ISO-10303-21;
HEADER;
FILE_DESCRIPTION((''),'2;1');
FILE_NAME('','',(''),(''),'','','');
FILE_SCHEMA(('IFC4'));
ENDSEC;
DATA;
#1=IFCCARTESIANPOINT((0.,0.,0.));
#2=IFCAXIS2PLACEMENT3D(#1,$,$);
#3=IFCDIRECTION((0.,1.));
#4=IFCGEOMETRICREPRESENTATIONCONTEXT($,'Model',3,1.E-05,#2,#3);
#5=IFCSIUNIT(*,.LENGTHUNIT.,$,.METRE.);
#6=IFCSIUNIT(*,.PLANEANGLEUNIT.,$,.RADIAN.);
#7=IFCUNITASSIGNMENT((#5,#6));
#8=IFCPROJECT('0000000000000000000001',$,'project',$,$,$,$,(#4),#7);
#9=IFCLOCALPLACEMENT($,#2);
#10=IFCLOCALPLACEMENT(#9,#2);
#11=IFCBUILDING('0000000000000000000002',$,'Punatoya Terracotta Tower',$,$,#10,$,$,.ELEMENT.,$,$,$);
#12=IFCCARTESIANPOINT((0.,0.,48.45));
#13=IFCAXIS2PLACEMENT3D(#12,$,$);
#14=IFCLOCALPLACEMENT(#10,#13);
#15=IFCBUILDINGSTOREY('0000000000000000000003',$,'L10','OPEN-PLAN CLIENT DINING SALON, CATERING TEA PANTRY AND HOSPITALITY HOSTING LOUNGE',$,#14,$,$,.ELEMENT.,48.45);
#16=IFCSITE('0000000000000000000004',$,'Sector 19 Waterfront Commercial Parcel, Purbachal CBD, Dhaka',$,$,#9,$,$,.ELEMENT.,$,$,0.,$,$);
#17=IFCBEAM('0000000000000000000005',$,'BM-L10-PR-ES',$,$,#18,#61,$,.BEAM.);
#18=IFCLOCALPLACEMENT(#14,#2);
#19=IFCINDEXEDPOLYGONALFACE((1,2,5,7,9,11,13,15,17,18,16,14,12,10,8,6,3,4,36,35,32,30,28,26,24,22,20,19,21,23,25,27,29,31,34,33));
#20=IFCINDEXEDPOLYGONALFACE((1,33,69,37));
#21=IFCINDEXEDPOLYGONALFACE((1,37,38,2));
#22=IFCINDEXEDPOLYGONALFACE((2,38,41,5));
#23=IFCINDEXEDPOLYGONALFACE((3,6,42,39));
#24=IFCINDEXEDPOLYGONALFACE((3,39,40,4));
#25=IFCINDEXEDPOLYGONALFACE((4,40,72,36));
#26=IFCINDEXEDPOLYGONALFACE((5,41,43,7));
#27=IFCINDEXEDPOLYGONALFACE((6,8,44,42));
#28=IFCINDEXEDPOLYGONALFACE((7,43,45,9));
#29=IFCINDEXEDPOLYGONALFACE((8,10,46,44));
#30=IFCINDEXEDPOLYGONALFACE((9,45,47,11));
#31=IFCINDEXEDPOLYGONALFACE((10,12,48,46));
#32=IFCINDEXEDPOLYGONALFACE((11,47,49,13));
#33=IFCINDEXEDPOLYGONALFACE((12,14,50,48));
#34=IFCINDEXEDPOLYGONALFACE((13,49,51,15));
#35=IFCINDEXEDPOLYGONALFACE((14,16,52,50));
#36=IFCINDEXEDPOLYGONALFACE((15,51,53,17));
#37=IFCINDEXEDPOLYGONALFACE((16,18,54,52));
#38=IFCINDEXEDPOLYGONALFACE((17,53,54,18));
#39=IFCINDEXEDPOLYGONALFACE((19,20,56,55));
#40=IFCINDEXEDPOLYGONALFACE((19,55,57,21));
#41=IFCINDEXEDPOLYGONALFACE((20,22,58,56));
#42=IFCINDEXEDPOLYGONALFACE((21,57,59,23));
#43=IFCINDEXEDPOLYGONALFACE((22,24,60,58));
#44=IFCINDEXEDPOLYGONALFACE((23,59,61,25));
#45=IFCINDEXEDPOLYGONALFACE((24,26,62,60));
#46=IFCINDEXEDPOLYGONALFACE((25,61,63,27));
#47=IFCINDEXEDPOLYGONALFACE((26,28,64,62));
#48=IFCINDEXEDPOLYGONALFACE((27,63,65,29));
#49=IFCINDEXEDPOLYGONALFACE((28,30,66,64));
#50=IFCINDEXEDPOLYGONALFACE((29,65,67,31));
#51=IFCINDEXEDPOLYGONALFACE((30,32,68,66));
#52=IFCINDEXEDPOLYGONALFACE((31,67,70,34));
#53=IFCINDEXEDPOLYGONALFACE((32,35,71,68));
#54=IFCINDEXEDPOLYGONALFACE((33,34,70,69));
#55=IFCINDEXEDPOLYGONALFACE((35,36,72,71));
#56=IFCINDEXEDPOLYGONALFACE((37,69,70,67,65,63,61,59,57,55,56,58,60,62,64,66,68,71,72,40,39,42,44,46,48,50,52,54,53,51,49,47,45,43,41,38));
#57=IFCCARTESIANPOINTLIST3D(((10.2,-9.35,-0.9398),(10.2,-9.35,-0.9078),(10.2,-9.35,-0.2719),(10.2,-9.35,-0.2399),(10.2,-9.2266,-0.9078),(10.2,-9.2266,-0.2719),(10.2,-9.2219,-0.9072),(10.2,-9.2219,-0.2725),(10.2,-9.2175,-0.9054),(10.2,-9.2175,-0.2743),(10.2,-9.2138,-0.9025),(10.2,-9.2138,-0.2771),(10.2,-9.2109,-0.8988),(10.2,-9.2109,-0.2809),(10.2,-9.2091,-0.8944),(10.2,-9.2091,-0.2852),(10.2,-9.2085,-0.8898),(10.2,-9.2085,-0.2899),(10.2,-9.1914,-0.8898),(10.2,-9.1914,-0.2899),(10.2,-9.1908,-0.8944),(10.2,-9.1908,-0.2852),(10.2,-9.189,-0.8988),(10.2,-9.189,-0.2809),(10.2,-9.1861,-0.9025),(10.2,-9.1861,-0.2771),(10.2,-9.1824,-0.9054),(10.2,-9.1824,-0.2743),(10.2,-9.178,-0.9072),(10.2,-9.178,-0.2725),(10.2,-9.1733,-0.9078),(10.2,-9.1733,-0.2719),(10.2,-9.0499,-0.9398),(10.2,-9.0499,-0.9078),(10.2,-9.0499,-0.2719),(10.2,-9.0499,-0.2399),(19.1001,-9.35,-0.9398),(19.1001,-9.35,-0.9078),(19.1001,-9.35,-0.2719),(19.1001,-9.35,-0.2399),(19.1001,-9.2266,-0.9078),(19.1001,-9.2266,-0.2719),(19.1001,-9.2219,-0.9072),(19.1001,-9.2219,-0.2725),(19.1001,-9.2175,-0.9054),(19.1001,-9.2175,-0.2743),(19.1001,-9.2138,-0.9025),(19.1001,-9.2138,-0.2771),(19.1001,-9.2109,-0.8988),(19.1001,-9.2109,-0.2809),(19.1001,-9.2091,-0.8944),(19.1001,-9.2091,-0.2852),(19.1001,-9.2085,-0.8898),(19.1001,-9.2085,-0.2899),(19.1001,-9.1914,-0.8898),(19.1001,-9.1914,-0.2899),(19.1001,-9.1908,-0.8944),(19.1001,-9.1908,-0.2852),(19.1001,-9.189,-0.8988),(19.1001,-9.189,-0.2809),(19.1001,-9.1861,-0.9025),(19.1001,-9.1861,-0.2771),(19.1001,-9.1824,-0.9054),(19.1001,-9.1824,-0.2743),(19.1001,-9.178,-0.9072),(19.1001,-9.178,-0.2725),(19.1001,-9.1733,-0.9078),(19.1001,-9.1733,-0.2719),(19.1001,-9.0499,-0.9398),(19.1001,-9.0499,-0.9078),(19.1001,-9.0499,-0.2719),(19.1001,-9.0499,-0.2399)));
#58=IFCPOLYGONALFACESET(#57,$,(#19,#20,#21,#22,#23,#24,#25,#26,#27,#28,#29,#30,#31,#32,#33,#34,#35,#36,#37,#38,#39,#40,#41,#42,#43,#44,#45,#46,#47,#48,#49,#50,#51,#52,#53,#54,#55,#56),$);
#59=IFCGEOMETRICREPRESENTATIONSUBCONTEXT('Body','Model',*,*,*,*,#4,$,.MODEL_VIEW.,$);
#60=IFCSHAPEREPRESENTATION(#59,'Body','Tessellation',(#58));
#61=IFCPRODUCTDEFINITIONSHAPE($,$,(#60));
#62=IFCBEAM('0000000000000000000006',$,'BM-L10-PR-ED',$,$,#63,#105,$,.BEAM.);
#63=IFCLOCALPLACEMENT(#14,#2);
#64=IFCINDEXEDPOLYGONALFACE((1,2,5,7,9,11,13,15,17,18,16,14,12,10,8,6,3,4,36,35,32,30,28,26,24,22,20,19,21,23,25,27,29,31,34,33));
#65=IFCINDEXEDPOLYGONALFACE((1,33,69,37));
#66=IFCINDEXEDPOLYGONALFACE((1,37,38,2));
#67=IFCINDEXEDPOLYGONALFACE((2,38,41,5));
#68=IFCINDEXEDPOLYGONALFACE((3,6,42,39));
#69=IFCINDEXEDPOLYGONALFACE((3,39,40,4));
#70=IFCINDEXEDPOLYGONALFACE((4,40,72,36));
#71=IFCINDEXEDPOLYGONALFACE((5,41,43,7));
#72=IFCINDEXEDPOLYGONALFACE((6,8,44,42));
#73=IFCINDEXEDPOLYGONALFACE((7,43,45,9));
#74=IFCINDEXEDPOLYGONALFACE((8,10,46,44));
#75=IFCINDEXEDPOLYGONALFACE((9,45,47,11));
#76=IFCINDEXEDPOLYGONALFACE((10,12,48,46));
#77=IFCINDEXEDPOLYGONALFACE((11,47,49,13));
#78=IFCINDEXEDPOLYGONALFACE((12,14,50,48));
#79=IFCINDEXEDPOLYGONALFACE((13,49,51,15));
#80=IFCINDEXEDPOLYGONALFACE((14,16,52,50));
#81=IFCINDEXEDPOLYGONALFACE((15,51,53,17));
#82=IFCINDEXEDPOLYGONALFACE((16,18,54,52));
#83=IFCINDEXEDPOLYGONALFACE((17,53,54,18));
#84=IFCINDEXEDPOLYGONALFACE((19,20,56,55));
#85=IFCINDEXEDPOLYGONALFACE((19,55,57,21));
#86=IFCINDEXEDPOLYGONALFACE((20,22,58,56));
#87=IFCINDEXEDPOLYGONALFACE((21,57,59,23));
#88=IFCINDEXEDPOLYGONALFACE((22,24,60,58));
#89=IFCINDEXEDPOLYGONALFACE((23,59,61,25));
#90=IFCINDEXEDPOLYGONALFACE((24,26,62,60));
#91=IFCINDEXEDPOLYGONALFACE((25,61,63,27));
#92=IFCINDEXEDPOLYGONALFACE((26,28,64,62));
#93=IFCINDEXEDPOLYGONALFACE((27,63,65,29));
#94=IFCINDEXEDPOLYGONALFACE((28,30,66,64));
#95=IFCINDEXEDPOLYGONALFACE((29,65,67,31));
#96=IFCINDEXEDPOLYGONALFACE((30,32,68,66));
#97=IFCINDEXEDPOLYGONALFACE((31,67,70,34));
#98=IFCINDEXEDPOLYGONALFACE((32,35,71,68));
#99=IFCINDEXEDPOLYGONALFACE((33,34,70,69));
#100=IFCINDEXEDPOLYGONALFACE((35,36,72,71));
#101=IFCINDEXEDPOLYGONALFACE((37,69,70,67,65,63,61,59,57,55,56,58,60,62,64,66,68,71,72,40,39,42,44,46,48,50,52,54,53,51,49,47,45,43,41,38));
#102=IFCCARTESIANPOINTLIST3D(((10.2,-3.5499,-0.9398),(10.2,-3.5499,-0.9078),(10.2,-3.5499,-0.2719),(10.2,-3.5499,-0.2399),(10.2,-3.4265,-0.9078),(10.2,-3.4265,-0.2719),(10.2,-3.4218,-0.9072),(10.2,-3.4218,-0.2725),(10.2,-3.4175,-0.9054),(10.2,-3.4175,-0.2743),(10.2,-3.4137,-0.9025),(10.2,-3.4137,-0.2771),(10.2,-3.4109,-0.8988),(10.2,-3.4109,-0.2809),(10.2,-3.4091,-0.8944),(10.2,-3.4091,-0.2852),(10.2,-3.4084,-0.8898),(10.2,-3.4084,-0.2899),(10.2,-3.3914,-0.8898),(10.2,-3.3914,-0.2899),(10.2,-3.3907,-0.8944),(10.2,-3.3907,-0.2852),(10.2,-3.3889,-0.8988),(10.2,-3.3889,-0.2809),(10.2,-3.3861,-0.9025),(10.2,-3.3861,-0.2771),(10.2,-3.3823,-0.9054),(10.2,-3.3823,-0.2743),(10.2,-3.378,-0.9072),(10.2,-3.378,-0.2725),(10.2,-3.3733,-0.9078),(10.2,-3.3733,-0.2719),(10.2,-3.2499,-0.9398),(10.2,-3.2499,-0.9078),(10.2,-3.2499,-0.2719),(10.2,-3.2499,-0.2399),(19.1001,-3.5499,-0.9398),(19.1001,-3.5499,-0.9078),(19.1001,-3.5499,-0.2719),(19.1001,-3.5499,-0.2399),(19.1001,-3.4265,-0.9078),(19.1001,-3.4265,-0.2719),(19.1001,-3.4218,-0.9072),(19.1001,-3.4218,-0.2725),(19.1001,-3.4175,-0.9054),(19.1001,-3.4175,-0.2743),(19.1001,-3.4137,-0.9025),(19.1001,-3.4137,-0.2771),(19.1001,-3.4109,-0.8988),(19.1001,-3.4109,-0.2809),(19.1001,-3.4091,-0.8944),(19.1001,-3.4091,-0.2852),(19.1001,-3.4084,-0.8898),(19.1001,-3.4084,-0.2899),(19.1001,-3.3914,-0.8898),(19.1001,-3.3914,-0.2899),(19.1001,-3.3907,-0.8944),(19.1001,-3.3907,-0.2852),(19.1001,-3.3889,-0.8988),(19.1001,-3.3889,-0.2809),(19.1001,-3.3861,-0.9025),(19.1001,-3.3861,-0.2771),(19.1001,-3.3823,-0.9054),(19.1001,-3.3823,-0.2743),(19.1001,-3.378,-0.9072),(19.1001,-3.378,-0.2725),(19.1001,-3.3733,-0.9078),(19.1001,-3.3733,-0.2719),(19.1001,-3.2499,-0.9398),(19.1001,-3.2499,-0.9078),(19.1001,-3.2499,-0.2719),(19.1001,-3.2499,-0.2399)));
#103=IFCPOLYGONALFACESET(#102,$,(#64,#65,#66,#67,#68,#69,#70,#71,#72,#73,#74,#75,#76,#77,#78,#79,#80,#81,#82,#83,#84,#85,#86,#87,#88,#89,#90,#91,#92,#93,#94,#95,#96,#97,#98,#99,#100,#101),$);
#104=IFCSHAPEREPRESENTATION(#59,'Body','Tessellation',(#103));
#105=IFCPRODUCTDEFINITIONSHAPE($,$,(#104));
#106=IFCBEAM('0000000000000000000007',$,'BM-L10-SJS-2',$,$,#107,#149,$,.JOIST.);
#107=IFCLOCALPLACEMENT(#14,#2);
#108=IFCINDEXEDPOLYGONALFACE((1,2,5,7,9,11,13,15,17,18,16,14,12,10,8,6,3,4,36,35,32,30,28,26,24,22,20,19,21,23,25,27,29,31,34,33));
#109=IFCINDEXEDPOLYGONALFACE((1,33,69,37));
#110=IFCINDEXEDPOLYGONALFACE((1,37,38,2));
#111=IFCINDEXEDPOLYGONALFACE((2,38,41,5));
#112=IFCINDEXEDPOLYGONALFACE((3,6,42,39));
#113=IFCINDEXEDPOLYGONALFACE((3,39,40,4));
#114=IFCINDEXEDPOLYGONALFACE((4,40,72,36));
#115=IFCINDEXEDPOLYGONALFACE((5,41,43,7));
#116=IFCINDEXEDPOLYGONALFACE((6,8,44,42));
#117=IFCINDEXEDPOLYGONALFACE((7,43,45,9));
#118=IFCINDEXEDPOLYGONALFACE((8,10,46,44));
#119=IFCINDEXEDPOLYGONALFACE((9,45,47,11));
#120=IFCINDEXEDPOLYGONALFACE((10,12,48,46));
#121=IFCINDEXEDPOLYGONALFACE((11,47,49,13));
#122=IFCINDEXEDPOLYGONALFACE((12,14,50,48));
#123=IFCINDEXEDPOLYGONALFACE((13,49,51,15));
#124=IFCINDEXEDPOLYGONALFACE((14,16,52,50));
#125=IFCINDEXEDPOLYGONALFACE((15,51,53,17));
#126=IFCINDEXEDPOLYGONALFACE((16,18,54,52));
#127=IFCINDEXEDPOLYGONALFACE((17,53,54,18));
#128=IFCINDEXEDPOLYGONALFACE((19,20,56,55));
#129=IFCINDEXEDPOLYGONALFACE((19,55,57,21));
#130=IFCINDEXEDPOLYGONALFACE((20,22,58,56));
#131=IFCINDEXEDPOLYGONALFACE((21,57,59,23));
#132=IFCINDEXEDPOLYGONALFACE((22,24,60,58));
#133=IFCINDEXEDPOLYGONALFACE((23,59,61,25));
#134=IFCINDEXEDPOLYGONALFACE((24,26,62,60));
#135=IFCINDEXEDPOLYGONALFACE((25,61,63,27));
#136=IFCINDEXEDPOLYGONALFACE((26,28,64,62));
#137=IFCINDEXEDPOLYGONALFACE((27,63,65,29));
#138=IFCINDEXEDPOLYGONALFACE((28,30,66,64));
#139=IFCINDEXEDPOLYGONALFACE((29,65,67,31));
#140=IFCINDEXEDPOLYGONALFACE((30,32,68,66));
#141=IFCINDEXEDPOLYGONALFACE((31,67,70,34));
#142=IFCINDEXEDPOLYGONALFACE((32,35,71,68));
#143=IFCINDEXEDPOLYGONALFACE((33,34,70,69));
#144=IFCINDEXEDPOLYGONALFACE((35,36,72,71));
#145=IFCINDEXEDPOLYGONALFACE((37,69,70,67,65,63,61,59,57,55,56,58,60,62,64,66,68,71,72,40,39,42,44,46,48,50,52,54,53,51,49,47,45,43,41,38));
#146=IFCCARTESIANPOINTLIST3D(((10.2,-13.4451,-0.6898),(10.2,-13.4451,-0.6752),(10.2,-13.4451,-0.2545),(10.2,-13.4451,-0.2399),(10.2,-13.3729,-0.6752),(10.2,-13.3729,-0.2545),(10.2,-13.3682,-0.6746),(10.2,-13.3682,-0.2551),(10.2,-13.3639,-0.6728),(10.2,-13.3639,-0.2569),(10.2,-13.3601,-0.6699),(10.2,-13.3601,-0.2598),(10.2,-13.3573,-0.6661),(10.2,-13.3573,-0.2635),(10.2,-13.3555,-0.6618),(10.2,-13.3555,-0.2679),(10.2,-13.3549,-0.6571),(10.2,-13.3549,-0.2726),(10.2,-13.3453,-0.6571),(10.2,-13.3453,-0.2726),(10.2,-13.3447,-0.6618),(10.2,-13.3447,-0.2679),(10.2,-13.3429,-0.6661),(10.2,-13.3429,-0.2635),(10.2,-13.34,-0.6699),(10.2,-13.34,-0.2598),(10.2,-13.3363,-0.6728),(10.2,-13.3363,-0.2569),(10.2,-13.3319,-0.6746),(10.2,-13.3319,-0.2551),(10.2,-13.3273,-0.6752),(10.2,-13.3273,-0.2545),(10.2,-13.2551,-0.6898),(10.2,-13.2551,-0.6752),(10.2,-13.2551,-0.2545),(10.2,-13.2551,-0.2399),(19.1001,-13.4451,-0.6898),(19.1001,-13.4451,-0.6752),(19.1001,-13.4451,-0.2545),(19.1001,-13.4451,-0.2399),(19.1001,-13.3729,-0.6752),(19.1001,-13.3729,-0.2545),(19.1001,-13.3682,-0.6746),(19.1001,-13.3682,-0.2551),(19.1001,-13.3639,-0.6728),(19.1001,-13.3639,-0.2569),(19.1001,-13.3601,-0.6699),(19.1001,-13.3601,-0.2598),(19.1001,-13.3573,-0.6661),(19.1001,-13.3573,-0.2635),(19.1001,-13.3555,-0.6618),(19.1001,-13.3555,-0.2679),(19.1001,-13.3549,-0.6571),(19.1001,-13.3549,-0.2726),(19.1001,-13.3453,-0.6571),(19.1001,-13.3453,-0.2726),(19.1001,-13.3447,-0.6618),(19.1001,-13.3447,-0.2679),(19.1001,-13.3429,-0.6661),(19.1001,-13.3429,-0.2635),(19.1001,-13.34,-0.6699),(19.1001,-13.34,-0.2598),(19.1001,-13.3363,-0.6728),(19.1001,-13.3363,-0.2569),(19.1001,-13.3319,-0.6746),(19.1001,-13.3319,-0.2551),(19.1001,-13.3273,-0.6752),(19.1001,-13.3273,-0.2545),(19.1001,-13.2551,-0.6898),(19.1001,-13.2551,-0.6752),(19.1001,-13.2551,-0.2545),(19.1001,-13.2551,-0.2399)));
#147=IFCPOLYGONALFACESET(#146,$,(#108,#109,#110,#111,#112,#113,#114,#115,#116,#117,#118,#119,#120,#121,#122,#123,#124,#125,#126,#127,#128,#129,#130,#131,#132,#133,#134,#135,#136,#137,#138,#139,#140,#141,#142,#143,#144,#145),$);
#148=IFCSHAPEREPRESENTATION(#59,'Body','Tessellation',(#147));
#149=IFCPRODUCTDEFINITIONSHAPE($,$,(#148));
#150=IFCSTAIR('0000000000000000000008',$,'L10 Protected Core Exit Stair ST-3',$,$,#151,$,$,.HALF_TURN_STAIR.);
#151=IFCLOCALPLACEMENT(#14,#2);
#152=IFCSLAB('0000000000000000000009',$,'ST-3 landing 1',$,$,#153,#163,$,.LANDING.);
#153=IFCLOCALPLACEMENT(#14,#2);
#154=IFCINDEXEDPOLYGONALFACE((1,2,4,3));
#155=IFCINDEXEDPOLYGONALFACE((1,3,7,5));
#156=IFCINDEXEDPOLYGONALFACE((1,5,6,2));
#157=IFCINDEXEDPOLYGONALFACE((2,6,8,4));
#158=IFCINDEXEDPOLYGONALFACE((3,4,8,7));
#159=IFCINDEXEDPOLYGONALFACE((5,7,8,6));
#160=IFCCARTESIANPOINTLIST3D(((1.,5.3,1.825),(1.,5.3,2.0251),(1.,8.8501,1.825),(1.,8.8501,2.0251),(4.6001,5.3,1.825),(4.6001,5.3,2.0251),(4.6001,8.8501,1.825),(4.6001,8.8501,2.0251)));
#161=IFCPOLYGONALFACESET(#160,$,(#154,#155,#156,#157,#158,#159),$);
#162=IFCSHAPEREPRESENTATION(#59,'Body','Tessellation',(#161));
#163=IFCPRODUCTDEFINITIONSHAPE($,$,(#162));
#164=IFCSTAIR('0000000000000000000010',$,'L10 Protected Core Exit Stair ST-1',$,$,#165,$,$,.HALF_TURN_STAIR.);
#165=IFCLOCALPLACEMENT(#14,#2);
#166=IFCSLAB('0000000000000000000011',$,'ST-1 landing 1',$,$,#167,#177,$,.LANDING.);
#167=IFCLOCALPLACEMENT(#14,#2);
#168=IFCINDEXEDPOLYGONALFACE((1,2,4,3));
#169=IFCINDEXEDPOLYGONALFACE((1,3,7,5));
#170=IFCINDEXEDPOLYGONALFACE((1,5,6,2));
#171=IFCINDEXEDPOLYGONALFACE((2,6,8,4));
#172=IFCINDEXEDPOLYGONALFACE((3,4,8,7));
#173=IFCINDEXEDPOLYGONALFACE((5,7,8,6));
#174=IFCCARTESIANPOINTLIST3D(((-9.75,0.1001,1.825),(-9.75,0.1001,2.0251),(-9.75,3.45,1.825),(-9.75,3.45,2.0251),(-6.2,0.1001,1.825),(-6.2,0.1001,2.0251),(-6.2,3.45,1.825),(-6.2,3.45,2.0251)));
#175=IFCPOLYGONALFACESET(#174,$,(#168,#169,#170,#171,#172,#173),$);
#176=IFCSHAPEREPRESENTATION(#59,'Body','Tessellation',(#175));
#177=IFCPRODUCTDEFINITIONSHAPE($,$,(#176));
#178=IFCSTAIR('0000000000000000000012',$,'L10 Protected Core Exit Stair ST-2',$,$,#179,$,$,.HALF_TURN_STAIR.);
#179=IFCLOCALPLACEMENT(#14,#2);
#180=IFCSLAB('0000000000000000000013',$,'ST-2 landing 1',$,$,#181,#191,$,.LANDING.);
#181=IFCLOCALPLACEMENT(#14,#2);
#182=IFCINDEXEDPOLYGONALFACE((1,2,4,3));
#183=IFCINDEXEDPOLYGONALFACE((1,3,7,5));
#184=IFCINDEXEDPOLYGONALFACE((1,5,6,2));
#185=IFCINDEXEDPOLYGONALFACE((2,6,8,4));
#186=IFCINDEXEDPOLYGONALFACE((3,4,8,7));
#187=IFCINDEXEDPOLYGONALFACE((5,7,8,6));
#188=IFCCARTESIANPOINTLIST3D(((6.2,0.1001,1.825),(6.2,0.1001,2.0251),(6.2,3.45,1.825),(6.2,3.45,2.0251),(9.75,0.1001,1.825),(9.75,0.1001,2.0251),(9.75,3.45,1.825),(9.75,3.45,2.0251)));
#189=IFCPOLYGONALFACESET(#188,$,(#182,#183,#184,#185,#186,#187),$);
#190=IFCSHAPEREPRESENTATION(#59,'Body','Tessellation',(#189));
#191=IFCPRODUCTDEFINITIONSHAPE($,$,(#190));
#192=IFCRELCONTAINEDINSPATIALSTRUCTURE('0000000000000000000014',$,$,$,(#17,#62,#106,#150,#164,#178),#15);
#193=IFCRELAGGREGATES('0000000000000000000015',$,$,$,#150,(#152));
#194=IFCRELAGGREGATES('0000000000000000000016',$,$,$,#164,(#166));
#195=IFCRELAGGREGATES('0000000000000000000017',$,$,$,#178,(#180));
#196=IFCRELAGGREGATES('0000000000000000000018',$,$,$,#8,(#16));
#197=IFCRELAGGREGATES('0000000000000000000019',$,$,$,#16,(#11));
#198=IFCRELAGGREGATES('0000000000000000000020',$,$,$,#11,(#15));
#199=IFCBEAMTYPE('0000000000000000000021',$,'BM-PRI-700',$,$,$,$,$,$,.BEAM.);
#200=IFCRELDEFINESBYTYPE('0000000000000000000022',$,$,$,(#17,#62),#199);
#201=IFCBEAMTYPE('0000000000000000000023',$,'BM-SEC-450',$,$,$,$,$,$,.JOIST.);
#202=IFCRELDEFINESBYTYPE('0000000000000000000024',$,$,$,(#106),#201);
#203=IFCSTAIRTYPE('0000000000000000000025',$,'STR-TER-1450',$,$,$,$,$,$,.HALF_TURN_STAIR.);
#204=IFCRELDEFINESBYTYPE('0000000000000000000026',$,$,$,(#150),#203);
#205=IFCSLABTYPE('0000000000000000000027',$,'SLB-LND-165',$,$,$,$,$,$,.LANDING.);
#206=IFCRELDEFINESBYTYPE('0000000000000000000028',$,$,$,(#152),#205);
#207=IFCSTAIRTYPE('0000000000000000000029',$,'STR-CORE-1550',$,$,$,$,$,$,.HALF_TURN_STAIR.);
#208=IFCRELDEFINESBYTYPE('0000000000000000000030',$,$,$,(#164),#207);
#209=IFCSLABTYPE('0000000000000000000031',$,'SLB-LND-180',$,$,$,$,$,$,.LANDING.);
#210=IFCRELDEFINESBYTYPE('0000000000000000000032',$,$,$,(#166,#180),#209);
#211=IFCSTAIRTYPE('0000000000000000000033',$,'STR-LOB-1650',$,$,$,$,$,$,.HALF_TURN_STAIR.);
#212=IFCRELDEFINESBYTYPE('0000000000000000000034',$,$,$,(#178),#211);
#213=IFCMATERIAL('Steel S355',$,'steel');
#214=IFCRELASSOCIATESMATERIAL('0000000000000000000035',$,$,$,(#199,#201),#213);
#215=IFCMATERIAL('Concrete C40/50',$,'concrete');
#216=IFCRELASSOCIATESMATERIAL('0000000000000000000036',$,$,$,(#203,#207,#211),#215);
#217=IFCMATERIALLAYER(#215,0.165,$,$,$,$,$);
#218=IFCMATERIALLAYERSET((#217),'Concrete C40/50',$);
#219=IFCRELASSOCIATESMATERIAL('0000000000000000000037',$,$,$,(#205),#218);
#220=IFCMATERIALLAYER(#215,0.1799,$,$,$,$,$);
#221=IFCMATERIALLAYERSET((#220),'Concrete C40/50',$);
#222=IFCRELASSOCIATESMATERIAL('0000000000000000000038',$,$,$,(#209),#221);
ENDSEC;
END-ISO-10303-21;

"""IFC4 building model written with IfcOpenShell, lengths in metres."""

from ifc_helpers import new_model, si_unit, direction, frame, origin, origin_2d, place, context, subcontext, project, spatial, polyline, i_section, outline, extrude, material, layer, layer_set, material_profile, profile_set, type_object, element, aggregate, save


model = new_model("IFC4")

# Units and contexts
model_context = context("Model", 3, precision=1e-05, world=origin(), true_north=direction((0.0, 1.0)))
body_context = subcontext(model_context, "Body", "Model", "MODEL_VIEW")
ifc_project = project(units=[si_unit("LENGTHUNIT", "METRE"), si_unit("PLANEANGLEUNIT", "RADIAN")], contexts=[model_context])

# Site, building, storey
site_placement = place(None, origin())
site = spatial("IfcSite", under=ifc_project, at=site_placement, Name="Sector 19 Waterfront Commercial Parcel, Purbachal CBD, Dhaka", CompositionType="ELEMENT", RefElevation=0.0)
building_placement = place(site_placement, origin())
building = spatial("IfcBuilding", under=site, at=building_placement, Name="Punatoya Terracotta Tower", CompositionType="ELEMENT")
storey_placement = place(building_placement, frame((0.0, 0.0, 48.45)))
storey = spatial("IfcBuildingStorey", under=building, at=storey_placement, Name="L10", Description="OPEN-PLAN CLIENT DINING SALON, CATERING TEA PANTRY AND HOSPITALITY HOSTING LOUNGE", CompositionType="ELEMENT", Elevation=48.45)

# Beams
ifc_material_1 = material(Name="Steel S355", Category="steel")
ifc_material_profile_1 = material_profile(ifc_material_1, i_section(OverallWidth=0.3, OverallDepth=0.7, WebThickness=0.0171, FlangeThickness=0.032, FilletRadius=0.0181, at=origin_2d()))
ifc_profile_set_1 = profile_set([ifc_material_profile_1], Name="Steel S355")
beam_type_1 = type_object("IfcBeamType", Name="BM-PRI-700", PredefinedType="BEAM", material=ifc_profile_set_1)
for number, where, z_axis, x_axis, name in (
    (1, (10.2, -9.2, -0.5898), (1.0, 0.0, 0.0), (0.0, 1.0, 0.0), "BM-L10-PR-ES"),
    (2, (10.2, -3.3999, -0.5898), (1.0, 0.0, 0.0), (0.0, 1.0, 0.0), "BM-L10-PR-ED"),
):
    element("IfcBeam", number, at=place(storey_placement, frame(where, z_axis=z_axis, x_axis=x_axis)), inside=storey, type_object=beam_type_1, Name=name, PredefinedType="BEAM", context=body_context, shape_type="SweptSolid", body=[
        extrude(i_section(OverallWidth=0.3, OverallDepth=0.7, WebThickness=0.0171, FlangeThickness=0.032, FilletRadius=0.0181, at=origin_2d()), origin(), (0.0, 0.0, 1.0), 8.9001),
    ])
ifc_material_profile_2 = material_profile(ifc_material_1, i_section(OverallWidth=0.1899, OverallDepth=0.45, WebThickness=0.0095, FlangeThickness=0.0146, FilletRadius=0.0181, at=origin_2d()))
ifc_profile_set_2 = profile_set([ifc_material_profile_2], Name="Steel S355")
beam_type_2 = type_object("IfcBeamType", Name="BM-SEC-450", PredefinedType="JOIST", material=ifc_profile_set_2)
beam_placement = place(storey_placement, frame((10.2, -13.3501, -0.4648), z_axis=(1.0, 0.0, 0.0), x_axis=(0.0, 1.0, 0.0)))
element("IfcBeam", 3, at=beam_placement, inside=storey, type_object=beam_type_2, Name="BM-L10-SJS-2", PredefinedType="JOIST", context=body_context, shape_type="SweptSolid", body=[
    extrude(i_section(OverallWidth=0.1899, OverallDepth=0.45, WebThickness=0.0095, FlangeThickness=0.0146, FilletRadius=0.0181, at=origin_2d()), origin(), (0.0, 0.0, 1.0), 8.9001),
])

# Stairs, slabs
ifc_material_2 = material(Name="Concrete C40/50", Category="concrete")
stair_type_1 = type_object("IfcStairType", Name="STR-TER-1450", PredefinedType="HALF_TURN_STAIR", material=ifc_material_2)
stair_1_placement = place(storey_placement, origin())
stair_1 = element("IfcStair", 4, at=stair_1_placement, inside=storey, type_object=stair_type_1, Name="L10 Protected Core Exit Stair ST-3", PredefinedType="HALF_TURN_STAIR")
ifc_layer_1 = layer(ifc_material_2, 0.165)
ifc_layer_set_1 = layer_set([ifc_layer_1], Name="Concrete C40/50")
slab_type_1 = type_object("IfcSlabType", Name="SLB-LND-165", PredefinedType="LANDING", material=ifc_layer_set_1)
slab_1_placement = place(storey_placement, frame((0.0, 0.0, 1.825)))
slab_1 = element("IfcSlab", 5, at=slab_1_placement, type_object=slab_type_1, Name="ST-3 landing 1", PredefinedType="LANDING", context=body_context, shape_type="SweptSolid", body=[
    extrude(outline(polyline([(1.0, 5.3), (4.6001, 5.3), (4.6001, 8.8501), (1.0, 8.8501), (1.0, 5.3)])), origin(), (0.0, 0.0, 1.0), 0.2002),
])
aggregate(stair_1, [slab_1])
stair_type_2 = type_object("IfcStairType", Name="STR-CORE-1550", PredefinedType="HALF_TURN_STAIR", material=ifc_material_2)
stair_2_placement = place(storey_placement, origin())
stair_2 = element("IfcStair", 6, at=stair_2_placement, inside=storey, type_object=stair_type_2, Name="L10 Protected Core Exit Stair ST-1", PredefinedType="HALF_TURN_STAIR")
ifc_layer_2 = layer(ifc_material_2, 0.1799)
ifc_layer_set_2 = layer_set([ifc_layer_2], Name="Concrete C40/50")
slab_type_2 = type_object("IfcSlabType", Name="SLB-LND-180", PredefinedType="LANDING", material=ifc_layer_set_2)
slab_2_placement = place(storey_placement, frame((0.0, 0.0, 1.825)))
slab_2 = element("IfcSlab", 7, at=slab_2_placement, type_object=slab_type_2, Name="ST-1 landing 1", PredefinedType="LANDING", context=body_context, shape_type="SweptSolid", body=[
    extrude(outline(polyline([(-6.2, 0.1001), (-6.2, 3.45), (-9.75, 3.45), (-9.75, 0.1001), (-6.2, 0.1001)])), origin(), (0.0, 0.0, 1.0), 0.2002),
])
aggregate(stair_2, [slab_2])
stair_type_3 = type_object("IfcStairType", Name="STR-LOB-1650", PredefinedType="HALF_TURN_STAIR", material=ifc_material_2)
stair_3_placement = place(storey_placement, origin())
stair_3 = element("IfcStair", 8, at=stair_3_placement, inside=storey, type_object=stair_type_3, Name="L10 Protected Core Exit Stair ST-2", PredefinedType="HALF_TURN_STAIR")
slab_3_placement = place(storey_placement, frame((0.0, 0.0, 1.825)))
slab_3 = element("IfcSlab", 9, at=slab_3_placement, type_object=slab_type_2, Name="ST-2 landing 1", PredefinedType="LANDING", context=body_context, shape_type="SweptSolid", body=[
    extrude(outline(polyline([(9.75, 0.1001), (9.75, 3.45), (6.2, 3.45), (6.2, 0.1001), (9.75, 0.1001)])), origin(), (0.0, 0.0, 1.0), 0.2002),
])

aggregate(stair_3, [slab_3])

save(model, "model.ifc")
